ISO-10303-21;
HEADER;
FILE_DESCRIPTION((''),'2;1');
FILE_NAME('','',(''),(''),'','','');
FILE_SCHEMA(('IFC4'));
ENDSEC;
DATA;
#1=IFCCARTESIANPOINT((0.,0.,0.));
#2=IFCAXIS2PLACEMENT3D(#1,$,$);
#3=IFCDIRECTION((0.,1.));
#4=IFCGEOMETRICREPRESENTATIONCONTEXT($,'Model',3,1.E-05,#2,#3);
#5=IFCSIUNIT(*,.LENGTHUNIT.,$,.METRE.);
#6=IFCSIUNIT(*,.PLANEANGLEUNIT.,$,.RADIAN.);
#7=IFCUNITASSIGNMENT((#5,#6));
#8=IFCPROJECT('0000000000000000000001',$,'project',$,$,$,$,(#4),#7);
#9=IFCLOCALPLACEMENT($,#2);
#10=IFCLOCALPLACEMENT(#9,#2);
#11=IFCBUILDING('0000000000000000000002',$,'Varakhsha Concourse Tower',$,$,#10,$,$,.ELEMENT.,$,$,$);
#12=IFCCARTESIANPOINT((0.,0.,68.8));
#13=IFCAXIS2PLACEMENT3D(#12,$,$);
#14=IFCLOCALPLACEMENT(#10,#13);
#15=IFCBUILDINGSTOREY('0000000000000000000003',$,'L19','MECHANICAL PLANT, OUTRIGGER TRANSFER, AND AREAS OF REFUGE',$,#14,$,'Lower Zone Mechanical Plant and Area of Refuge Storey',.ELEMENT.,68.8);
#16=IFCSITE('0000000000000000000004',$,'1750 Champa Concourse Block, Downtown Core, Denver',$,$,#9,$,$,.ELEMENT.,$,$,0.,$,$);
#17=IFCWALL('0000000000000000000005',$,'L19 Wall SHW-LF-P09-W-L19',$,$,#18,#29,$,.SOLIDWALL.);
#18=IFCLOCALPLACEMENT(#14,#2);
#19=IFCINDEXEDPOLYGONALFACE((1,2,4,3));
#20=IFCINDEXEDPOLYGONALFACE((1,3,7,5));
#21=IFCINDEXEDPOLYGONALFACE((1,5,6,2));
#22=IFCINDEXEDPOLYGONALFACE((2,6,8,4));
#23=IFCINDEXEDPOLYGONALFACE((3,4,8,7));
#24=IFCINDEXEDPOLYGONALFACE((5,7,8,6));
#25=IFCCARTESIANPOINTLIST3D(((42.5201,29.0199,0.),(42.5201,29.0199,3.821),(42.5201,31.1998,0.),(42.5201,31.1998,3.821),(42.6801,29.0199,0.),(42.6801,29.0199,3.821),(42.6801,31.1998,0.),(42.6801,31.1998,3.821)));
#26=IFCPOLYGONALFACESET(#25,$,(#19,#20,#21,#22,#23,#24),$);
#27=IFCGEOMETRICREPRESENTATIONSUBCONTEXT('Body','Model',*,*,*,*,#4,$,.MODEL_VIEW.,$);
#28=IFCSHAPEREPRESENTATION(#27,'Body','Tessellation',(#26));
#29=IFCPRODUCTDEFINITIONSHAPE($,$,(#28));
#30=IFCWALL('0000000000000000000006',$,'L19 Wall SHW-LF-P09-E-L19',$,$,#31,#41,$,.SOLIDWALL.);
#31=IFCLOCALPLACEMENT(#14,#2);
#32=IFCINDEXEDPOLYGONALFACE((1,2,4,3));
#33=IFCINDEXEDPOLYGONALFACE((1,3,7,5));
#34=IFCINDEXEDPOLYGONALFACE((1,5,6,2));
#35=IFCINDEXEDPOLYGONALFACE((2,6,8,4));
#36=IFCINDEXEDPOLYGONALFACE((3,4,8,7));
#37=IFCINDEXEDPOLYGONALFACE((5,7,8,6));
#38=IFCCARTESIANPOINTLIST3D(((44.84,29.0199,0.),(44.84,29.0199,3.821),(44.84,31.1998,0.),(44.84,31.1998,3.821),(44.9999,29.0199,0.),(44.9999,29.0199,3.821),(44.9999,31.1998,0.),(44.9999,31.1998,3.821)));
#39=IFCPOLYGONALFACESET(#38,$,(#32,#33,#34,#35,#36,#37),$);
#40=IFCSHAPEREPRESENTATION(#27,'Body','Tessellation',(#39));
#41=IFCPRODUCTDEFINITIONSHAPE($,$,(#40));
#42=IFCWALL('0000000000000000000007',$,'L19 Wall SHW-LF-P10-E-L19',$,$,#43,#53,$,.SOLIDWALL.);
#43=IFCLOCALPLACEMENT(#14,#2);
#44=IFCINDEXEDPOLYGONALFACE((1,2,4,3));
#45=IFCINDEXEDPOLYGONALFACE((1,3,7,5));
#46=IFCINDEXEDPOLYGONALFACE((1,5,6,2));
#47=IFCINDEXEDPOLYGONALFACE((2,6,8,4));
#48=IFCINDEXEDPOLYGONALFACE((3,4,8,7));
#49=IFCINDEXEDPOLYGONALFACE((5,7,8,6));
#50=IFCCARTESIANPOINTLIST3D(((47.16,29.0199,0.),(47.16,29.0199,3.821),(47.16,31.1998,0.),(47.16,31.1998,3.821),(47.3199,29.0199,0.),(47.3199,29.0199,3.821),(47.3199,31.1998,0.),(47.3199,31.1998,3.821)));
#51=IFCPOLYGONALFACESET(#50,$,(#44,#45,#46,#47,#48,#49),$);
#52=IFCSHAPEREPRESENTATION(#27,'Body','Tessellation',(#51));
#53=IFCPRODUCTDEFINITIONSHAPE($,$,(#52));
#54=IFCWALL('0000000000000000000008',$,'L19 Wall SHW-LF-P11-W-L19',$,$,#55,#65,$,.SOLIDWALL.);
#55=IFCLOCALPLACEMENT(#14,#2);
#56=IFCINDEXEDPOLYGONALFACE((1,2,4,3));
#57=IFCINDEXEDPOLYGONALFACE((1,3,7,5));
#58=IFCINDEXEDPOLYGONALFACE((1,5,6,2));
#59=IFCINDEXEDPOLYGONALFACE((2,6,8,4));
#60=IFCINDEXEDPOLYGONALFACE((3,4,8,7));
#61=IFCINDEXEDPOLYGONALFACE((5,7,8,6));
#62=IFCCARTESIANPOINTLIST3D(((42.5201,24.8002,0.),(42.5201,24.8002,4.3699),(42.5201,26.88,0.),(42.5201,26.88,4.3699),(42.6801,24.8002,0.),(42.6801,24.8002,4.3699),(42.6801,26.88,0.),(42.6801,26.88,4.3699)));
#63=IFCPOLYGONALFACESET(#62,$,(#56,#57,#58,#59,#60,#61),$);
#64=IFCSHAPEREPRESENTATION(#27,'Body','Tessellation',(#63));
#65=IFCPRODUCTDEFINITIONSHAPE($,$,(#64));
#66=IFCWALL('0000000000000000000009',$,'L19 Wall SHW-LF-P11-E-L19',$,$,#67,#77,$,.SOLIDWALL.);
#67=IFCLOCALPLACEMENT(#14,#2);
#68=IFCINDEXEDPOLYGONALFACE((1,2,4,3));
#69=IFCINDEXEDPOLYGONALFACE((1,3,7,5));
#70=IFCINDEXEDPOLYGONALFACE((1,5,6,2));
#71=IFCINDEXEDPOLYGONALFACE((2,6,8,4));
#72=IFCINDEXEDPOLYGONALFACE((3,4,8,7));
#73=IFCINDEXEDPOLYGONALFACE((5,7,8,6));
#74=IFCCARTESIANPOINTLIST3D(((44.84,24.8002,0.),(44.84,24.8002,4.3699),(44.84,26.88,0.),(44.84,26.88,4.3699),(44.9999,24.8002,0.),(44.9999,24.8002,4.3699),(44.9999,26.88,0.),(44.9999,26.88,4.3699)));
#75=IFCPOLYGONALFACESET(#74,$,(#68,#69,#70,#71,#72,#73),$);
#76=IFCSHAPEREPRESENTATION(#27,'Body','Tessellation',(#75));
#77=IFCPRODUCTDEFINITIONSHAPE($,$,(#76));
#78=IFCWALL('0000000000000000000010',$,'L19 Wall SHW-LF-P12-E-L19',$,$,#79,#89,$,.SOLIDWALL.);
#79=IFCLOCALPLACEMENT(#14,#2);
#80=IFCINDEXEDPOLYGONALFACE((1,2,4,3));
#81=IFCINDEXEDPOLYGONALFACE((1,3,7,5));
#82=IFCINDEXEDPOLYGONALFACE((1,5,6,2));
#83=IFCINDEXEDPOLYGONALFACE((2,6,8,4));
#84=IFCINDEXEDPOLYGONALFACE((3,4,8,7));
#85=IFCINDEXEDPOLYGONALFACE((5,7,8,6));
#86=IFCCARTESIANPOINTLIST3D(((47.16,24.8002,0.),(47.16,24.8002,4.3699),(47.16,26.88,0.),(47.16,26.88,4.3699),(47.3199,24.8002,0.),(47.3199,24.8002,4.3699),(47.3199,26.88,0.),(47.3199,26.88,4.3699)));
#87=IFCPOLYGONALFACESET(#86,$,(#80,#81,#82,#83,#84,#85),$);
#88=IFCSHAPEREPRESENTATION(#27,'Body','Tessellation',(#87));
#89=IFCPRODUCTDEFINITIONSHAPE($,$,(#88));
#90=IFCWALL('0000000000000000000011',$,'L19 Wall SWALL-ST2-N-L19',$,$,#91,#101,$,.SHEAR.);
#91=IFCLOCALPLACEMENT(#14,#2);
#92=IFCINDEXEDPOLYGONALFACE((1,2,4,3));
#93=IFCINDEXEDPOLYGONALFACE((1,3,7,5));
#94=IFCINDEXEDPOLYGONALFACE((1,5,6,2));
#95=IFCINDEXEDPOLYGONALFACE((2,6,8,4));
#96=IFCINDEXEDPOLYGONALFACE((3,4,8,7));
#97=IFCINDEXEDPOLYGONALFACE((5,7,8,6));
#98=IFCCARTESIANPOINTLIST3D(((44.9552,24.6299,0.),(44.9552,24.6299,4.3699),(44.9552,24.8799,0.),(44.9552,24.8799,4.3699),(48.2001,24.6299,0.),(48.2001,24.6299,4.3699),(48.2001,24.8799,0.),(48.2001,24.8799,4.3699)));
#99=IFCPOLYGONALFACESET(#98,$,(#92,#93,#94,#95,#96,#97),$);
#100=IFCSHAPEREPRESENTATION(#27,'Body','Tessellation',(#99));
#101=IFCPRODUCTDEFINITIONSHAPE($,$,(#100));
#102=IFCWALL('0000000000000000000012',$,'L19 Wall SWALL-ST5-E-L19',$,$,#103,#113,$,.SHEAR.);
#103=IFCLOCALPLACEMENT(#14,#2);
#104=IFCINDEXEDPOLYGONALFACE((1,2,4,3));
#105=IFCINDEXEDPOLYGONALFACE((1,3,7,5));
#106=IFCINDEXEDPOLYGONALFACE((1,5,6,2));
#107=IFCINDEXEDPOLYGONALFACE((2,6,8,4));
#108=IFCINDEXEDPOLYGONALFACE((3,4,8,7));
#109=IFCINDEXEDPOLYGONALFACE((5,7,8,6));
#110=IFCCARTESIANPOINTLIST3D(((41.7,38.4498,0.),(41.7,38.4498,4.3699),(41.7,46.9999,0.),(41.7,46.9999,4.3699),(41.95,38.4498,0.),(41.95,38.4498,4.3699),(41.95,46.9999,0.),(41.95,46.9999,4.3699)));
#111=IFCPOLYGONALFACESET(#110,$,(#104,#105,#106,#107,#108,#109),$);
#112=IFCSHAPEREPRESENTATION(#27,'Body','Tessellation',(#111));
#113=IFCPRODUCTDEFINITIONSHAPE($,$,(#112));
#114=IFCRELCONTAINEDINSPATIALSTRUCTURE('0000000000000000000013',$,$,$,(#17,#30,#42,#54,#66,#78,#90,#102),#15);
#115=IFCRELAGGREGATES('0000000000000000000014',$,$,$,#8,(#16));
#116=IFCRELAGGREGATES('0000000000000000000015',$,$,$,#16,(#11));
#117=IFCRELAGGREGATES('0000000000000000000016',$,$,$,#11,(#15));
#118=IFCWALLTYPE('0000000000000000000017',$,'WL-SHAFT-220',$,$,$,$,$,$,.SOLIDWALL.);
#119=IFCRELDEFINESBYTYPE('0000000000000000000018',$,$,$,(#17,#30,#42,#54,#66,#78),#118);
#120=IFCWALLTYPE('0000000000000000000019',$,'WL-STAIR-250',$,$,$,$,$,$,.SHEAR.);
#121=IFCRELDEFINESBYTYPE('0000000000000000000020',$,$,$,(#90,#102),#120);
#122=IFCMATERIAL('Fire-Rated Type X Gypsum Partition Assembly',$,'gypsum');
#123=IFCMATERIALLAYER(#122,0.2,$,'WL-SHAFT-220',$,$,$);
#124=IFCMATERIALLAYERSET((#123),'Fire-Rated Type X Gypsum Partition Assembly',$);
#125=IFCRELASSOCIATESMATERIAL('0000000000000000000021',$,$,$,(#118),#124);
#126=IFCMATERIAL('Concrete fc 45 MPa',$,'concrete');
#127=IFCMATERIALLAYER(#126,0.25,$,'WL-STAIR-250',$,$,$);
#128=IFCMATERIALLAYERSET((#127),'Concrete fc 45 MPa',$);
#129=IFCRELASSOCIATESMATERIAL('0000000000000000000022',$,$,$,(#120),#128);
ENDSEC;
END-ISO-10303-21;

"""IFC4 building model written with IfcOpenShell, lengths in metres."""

from ifc_helpers import new_model, si_unit, direction, frame, frame_2d, origin, place, context, subcontext, project, spatial, rectangle, extrude, material, layer, layer_set, type_object, element, save


model = new_model("IFC4")

# Units and contexts
model_context = context("Model", 3, precision=1e-05, world=origin(), true_north=direction((0.0, 1.0)))
body_context = subcontext(model_context, "Body", "Model", "MODEL_VIEW")
ifc_project = project(units=[si_unit("LENGTHUNIT", "METRE"), si_unit("PLANEANGLEUNIT", "RADIAN")], contexts=[model_context])

# Site, building, storey
site_placement = place(None, origin())
site = spatial("IfcSite", under=ifc_project, at=site_placement, Name="1750 Champa Concourse Block, Downtown Core, Denver", CompositionType="ELEMENT", RefElevation=0.0)
building_placement = place(site_placement, origin())
building = spatial("IfcBuilding", under=site, at=building_placement, Name="Varakhsha Concourse Tower", CompositionType="ELEMENT")
storey_placement = place(building_placement, frame((0.0, 0.0, 68.8)))
storey = spatial("IfcBuildingStorey", under=building, at=storey_placement, Name="L19", Description="MECHANICAL PLANT, OUTRIGGER TRANSFER, AND AREAS OF REFUGE", LongName="Lower Zone Mechanical Plant and Area of Refuge Storey", CompositionType="ELEMENT", Elevation=68.8)

# Walls
ifc_material_1 = material(Name="Fire-Rated Type X Gypsum Partition Assembly", Category="gypsum")
ifc_layer_1 = layer(ifc_material_1, 0.2, Name="WL-SHAFT-220")
ifc_layer_set_1 = layer_set([ifc_layer_1], Name="Fire-Rated Type X Gypsum Partition Assembly")
wall_type_1 = type_object("IfcWallType", Name="WL-SHAFT-220", PredefinedType="SOLIDWALL", material=ifc_layer_set_1)
for number, where, z_axis, x_axis, name in (
    (1, (42.6001, 29.02, 0.0), (0.0, 0.0, 1.0), (0.0, 1.0, 0.0), "L19 Wall SHW-LF-P09-W-L19"),
    (2, (44.9199, 29.02, 0.0), (0.0, 0.0, 1.0), (0.0, 1.0, 0.0), "L19 Wall SHW-LF-P09-E-L19"),
    (3, (47.24, 29.02, 0.0), (0.0, 0.0, 1.0), (0.0, 1.0, 0.0), "L19 Wall SHW-LF-P10-E-L19"),
):
    element("IfcWall", number, at=place(storey_placement, frame(where, z_axis=z_axis, x_axis=x_axis)), inside=storey, type_object=wall_type_1, Name=name, PredefinedType="SOLIDWALL", context=body_context, shape_type="SweptSolid", body=[
        extrude(rectangle(XDim=2.1799, YDim=0.1599, at=frame_2d((1.0898, 0.0))), origin(), (0.0, 0.0, 1.0), 3.821),
    ])
for number, where, z_axis, x_axis, name in (
    (4, (42.6001, 24.8, 0.0), (0.0, 0.0, 1.0), (0.0, 1.0, 0.0), "L19 Wall SHW-LF-P11-W-L19"),
    (5, (44.9199, 24.8, 0.0), (0.0, 0.0, 1.0), (0.0, 1.0, 0.0), "L19 Wall SHW-LF-P11-E-L19"),
    (6, (47.24, 24.8, 0.0), (0.0, 0.0, 1.0), (0.0, 1.0, 0.0), "L19 Wall SHW-LF-P12-E-L19"),
):
    element("IfcWall", number, at=place(storey_placement, frame(where, z_axis=z_axis, x_axis=x_axis)), inside=storey, type_object=wall_type_1, Name=name, PredefinedType="SOLIDWALL", context=body_context, shape_type="SweptSolid", body=[
        extrude(rectangle(XDim=2.0798, YDim=0.1599, at=frame_2d((1.04, 0.0))), origin(), (0.0, 0.0, 1.0), 4.3699),
    ])
ifc_material_2 = material(Name="Concrete fc 45 MPa", Category="concrete")
ifc_layer_2 = layer(ifc_material_2, 0.25, Name="WL-STAIR-250")
ifc_layer_set_2 = layer_set([ifc_layer_2], Name="Concrete fc 45 MPa")
wall_type_2 = type_object("IfcWallType", Name="WL-STAIR-250", PredefinedType="SHEAR", material=ifc_layer_set_2)
wall_1_placement = place(storey_placement, frame((44.9551, 24.7549, 0.0), z_axis=(0.0, 0.0, 1.0), x_axis=(1.0, 0.0, 0.0)))
element("IfcWall", 7, at=wall_1_placement, inside=storey, type_object=wall_type_2, Name="L19 Wall SWALL-ST2-N-L19", PredefinedType="SHEAR", context=body_context, shape_type="SweptSolid", body=[
    extrude(rectangle(XDim=3.2449, YDim=0.25, at=frame_2d((1.6226, 0.0))), origin(), (0.0, 0.0, 1.0), 4.3699),
])
wall_2_placement = place(storey_placement, frame((41.825, 38.45, 0.0), z_axis=(0.0, 0.0, 1.0), x_axis=(0.0, 1.0, 0.0)))
element("IfcWall", 8, at=wall_2_placement, inside=storey, type_object=wall_type_2, Name="L19 Wall SWALL-ST5-E-L19", PredefinedType="SHEAR", context=body_context, shape_type="SweptSolid", body=[
    extrude(rectangle(XDim=8.55, YDim=0.25, at=frame_2d((4.2749, 0.0))), origin(), (0.0, 0.0, 1.0), 4.3699),
])

save(model, "model.ifc")
